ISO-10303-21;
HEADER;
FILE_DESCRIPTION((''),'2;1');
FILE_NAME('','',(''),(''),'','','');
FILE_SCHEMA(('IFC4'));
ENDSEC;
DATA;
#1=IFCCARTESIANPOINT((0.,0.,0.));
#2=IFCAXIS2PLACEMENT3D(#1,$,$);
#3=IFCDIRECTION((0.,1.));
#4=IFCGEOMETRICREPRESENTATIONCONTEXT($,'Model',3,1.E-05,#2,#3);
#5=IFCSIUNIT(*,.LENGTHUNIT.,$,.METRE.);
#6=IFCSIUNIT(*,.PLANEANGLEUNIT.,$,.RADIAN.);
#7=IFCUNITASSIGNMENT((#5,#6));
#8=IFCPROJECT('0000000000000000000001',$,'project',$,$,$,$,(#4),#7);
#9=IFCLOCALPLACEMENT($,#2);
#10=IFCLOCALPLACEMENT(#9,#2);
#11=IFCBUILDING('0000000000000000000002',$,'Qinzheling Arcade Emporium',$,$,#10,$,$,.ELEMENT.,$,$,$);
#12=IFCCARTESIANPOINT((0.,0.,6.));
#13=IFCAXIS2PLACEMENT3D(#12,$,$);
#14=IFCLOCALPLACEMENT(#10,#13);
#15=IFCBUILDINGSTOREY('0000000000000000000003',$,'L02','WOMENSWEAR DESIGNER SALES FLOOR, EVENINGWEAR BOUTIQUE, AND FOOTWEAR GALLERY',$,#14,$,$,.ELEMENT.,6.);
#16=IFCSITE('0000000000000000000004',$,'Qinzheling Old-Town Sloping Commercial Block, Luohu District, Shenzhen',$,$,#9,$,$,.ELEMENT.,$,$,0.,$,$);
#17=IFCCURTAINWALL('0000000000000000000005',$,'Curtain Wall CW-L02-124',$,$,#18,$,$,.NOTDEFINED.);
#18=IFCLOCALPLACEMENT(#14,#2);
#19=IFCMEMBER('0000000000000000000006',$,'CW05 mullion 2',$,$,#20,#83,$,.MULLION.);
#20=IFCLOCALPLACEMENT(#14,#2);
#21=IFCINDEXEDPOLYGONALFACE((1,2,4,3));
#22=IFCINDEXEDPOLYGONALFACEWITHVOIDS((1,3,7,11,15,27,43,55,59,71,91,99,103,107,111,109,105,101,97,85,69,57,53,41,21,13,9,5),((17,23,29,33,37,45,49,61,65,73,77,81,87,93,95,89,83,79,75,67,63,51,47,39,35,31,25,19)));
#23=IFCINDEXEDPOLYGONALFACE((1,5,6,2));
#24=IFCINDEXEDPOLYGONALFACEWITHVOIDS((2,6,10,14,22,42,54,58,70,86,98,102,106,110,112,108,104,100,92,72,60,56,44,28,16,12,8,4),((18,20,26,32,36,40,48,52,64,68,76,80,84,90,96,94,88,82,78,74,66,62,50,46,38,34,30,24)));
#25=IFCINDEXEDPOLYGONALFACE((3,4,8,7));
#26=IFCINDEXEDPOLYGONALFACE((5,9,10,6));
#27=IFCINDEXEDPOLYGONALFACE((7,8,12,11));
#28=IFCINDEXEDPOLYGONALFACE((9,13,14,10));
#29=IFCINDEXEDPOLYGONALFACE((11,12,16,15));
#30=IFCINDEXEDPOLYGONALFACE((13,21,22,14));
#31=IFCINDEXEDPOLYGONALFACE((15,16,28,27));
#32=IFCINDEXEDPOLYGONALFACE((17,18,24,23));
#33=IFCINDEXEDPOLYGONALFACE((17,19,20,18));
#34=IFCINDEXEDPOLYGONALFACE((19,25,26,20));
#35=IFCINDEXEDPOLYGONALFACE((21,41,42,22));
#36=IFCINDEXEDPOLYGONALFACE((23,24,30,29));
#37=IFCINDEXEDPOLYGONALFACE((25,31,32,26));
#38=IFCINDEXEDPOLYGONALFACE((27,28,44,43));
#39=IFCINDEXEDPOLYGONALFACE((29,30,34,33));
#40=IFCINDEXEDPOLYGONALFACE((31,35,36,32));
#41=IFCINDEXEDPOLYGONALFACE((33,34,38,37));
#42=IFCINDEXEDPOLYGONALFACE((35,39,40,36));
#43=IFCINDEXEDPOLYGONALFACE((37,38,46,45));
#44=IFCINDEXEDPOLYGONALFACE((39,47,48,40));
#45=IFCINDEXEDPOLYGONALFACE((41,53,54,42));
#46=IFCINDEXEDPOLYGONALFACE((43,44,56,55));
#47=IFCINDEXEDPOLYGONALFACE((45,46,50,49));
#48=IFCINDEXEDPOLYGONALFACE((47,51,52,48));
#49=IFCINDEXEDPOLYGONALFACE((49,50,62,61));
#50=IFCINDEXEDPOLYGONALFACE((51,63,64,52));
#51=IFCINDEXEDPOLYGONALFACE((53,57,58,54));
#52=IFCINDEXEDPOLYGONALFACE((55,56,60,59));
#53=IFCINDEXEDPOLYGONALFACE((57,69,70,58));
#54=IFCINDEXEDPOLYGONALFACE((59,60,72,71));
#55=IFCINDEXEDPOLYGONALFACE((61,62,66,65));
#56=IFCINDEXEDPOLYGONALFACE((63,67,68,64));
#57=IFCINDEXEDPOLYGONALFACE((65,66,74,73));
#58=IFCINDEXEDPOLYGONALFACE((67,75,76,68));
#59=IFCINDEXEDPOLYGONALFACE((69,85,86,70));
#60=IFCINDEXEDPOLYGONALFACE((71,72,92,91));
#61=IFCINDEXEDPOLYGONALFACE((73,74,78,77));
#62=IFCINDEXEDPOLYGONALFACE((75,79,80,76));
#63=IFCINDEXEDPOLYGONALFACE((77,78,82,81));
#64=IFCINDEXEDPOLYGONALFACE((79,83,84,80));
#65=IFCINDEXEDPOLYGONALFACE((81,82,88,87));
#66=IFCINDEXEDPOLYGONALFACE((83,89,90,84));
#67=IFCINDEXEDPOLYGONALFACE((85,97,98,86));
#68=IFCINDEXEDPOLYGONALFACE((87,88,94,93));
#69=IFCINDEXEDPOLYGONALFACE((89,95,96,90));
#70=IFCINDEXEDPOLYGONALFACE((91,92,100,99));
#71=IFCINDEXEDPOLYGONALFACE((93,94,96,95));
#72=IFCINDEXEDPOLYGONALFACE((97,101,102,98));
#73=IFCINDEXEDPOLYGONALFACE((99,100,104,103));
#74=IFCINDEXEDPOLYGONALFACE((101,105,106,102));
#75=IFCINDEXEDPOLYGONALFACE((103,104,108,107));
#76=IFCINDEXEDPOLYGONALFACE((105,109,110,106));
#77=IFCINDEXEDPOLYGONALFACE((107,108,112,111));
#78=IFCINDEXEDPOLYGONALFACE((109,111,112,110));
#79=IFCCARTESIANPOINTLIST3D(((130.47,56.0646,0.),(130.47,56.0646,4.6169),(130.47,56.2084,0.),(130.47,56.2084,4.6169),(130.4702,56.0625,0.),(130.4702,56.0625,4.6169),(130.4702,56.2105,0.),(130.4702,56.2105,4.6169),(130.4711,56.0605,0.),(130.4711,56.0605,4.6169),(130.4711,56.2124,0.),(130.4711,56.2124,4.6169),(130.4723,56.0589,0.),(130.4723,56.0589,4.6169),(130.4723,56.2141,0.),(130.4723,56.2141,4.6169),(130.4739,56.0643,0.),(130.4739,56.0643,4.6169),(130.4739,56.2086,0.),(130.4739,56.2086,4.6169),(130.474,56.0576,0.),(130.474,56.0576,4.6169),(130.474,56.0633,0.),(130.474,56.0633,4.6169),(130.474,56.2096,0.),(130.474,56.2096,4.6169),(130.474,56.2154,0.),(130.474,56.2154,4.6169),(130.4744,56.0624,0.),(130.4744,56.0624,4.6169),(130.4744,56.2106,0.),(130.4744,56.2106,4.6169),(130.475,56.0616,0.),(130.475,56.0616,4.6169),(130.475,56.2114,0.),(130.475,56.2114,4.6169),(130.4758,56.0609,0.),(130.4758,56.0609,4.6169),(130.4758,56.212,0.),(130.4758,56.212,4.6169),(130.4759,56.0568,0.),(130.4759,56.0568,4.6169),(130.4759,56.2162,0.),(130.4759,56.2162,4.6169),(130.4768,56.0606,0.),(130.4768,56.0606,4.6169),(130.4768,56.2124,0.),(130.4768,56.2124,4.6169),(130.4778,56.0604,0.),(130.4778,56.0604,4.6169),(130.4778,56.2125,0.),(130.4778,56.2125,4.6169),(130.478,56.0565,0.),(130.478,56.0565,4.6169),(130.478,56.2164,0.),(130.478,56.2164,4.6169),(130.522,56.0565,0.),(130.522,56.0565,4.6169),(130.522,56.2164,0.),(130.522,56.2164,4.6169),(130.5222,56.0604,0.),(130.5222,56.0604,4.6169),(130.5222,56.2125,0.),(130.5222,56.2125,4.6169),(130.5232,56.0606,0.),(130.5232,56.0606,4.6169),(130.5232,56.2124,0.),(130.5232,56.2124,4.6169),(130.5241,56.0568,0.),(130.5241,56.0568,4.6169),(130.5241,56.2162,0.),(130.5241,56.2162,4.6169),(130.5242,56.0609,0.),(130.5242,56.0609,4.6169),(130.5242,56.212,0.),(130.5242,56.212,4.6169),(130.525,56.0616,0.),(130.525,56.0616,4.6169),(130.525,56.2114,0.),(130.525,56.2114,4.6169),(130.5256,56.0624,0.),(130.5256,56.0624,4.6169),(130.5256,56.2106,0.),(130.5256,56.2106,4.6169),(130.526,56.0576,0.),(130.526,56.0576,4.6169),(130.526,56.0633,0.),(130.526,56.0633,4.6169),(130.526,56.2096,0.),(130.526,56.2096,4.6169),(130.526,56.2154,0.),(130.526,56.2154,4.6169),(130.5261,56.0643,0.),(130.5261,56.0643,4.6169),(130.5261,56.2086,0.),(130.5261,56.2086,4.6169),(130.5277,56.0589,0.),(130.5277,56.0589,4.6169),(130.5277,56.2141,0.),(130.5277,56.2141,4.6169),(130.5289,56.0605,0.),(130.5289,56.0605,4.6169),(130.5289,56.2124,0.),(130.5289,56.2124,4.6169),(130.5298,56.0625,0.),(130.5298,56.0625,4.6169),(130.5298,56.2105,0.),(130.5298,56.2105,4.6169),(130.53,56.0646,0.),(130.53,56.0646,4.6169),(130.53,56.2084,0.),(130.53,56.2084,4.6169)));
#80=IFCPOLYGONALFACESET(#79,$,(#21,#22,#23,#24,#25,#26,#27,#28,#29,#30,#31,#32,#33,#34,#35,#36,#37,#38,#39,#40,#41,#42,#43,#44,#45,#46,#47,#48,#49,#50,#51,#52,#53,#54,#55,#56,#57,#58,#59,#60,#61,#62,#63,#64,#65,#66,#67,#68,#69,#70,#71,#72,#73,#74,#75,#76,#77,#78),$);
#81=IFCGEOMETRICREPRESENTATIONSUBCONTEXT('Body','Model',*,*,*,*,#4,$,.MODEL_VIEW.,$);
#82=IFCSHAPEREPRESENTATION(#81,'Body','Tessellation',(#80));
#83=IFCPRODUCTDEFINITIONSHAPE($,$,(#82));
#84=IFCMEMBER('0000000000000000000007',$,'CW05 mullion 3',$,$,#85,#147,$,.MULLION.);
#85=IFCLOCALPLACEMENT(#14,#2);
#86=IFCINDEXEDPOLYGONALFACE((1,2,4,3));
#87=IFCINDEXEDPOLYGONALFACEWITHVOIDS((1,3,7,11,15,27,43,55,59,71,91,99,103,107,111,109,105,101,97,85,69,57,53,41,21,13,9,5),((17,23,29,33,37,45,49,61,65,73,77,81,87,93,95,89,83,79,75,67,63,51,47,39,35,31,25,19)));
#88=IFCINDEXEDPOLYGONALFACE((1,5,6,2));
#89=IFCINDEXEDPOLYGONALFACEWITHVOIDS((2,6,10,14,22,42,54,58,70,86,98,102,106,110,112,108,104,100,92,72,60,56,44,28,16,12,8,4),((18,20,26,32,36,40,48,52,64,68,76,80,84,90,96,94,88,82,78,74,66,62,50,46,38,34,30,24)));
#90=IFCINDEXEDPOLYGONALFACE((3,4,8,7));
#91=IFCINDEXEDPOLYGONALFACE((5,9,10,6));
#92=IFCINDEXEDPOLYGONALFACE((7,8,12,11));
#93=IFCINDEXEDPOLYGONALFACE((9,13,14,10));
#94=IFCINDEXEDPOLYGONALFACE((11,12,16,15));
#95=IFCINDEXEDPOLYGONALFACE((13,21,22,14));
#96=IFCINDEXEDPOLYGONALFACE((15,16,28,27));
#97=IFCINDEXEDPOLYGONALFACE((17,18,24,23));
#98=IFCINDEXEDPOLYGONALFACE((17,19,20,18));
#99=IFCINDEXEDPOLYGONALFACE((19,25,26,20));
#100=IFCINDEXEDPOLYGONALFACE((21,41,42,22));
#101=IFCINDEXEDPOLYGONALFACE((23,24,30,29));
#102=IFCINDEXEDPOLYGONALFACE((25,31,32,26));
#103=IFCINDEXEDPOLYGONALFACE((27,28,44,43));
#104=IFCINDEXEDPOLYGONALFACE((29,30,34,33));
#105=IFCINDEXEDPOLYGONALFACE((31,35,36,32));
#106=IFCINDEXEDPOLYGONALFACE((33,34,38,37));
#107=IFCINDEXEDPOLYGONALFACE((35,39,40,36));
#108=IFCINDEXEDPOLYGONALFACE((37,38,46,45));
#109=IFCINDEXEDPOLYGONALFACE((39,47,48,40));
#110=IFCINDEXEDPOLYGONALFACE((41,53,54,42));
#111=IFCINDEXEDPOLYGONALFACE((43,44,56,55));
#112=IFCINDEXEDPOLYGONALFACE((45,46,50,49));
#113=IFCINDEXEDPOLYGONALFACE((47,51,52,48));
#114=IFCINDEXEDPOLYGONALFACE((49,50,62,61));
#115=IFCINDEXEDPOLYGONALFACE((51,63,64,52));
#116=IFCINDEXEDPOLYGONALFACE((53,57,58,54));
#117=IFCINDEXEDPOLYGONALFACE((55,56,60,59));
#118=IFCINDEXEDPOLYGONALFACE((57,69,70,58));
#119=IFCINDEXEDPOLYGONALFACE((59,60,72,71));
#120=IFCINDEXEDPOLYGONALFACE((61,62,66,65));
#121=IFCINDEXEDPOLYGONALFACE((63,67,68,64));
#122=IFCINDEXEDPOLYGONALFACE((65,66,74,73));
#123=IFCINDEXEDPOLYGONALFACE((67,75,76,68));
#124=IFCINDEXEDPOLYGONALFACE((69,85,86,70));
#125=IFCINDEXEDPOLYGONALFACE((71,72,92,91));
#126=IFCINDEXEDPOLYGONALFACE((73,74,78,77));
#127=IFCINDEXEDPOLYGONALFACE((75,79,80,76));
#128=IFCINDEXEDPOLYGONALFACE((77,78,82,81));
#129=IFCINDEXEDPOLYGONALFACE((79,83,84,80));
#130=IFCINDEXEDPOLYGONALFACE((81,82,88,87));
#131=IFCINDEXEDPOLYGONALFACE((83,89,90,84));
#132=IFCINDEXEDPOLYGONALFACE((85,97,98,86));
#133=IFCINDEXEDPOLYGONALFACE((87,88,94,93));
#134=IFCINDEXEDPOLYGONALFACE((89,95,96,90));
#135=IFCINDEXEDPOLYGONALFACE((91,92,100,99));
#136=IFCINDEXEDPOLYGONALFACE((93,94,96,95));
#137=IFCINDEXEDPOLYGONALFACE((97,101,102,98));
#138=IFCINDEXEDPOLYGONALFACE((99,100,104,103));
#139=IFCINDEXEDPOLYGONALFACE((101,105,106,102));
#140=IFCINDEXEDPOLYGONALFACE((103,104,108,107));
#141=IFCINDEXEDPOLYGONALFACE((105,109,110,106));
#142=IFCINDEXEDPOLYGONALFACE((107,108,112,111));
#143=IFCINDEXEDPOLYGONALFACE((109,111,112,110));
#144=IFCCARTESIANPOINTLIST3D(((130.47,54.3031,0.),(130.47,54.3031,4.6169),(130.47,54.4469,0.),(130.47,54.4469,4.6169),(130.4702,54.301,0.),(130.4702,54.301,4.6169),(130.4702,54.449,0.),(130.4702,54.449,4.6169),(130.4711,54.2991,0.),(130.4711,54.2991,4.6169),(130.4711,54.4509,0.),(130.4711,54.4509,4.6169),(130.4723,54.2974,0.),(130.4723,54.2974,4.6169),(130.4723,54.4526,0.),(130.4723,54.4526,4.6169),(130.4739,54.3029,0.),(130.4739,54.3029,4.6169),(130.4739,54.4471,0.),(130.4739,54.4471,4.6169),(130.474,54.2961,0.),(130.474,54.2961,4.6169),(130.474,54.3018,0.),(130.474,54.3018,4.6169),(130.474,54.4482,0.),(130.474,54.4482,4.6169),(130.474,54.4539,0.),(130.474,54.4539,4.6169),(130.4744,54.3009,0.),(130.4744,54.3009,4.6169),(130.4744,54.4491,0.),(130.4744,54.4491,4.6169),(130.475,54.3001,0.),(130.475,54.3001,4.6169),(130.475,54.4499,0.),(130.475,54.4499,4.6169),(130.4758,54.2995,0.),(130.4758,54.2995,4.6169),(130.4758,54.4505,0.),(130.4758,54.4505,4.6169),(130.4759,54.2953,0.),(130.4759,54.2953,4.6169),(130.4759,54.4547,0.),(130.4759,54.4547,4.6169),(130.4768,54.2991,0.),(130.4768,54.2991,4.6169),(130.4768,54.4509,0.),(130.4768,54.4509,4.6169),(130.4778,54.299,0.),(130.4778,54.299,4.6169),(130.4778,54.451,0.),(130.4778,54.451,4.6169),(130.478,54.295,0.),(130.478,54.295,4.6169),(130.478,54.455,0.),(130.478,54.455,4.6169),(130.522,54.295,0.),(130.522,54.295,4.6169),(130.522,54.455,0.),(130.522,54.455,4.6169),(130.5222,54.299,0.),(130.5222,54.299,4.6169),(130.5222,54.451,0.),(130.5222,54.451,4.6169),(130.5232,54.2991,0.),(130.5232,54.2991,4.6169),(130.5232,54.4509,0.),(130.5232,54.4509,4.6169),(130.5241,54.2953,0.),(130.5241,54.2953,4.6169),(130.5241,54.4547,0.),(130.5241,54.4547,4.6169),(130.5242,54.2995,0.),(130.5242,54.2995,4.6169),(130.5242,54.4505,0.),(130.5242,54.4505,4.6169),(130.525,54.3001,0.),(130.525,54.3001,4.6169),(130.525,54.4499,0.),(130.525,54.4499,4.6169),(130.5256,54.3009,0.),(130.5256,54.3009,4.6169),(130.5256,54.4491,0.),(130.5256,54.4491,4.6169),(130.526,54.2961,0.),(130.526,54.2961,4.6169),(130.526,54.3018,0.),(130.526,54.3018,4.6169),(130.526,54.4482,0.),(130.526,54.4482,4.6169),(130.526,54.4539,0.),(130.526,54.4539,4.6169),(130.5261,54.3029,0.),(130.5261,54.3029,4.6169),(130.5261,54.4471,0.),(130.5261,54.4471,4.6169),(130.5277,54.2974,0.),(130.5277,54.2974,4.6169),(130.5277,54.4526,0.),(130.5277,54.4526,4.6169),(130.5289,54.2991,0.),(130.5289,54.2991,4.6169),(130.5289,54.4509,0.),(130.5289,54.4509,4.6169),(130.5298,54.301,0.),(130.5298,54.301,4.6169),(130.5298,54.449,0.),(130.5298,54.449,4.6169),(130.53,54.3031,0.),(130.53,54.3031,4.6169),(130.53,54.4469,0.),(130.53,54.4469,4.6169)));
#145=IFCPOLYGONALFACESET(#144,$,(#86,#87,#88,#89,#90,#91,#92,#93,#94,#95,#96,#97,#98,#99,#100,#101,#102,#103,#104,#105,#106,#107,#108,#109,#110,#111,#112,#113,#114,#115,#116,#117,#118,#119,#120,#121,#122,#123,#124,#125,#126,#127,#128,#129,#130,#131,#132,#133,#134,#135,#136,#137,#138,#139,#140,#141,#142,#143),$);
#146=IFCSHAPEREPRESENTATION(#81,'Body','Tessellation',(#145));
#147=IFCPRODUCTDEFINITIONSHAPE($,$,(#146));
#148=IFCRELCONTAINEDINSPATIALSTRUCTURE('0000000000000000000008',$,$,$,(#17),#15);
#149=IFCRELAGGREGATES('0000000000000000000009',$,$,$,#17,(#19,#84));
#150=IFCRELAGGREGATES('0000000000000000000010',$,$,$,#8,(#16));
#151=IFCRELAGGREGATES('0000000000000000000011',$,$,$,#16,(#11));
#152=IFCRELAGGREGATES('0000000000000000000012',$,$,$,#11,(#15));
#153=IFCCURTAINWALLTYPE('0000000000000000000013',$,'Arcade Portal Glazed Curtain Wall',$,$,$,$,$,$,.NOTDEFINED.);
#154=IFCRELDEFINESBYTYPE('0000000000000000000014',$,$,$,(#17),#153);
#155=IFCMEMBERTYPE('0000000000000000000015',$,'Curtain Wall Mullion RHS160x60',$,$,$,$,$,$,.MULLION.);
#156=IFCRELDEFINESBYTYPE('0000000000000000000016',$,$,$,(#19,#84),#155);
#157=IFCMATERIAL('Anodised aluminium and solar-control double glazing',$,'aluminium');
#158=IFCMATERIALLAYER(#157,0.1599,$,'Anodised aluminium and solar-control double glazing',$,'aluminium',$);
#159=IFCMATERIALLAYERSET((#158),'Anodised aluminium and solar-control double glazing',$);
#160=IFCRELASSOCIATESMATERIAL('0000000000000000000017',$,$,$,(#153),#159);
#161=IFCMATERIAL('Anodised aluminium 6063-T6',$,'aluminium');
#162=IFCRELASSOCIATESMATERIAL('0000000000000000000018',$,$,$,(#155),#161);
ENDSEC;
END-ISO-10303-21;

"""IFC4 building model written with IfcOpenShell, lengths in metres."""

from ifc_helpers import new_model, si_unit, direction, frame, origin, origin_2d, place, context, subcontext, project, spatial, hollow_rectangle, extrude, material, layer, layer_set, material_profile, profile_set, type_object, element, aggregate, save


model = new_model("IFC4")

# Units and contexts
model_context = context("Model", 3, precision=1e-05, world=origin(), true_north=direction((0.0, 1.0)))
body_context = subcontext(model_context, "Body", "Model", "MODEL_VIEW")
ifc_project = project(units=[si_unit("LENGTHUNIT", "METRE"), si_unit("PLANEANGLEUNIT", "RADIAN")], contexts=[model_context])

# Site, building, storey
site_placement = place(None, origin())
site = spatial("IfcSite", under=ifc_project, at=site_placement, Name="Qinzheling Old-Town Sloping Commercial Block, Luohu District, Shenzhen", CompositionType="ELEMENT", RefElevation=0.0)
building_placement = place(site_placement, origin())
building = spatial("IfcBuilding", under=site, at=building_placement, Name="Qinzheling Arcade Emporium", CompositionType="ELEMENT")
storey_placement = place(building_placement, frame((0.0, 0.0, 6.0)))
storey = spatial("IfcBuildingStorey", under=building, at=storey_placement, Name="L02", Description="WOMENSWEAR DESIGNER SALES FLOOR, EVENINGWEAR BOUTIQUE, AND FOOTWEAR GALLERY", CompositionType="ELEMENT", Elevation=6.0)

# Shared definitions
ifc_material_1 = material(Name="Anodised aluminium and solar-control double glazing", Category="aluminium")
ifc_layer_1 = layer(ifc_material_1, 0.1599, Name="Anodised aluminium and solar-control double glazing", Category="aluminium")
ifc_layer_set_1 = layer_set([ifc_layer_1], Name="Anodised aluminium and solar-control double glazing")
curtain_wall_type = type_object("IfcCurtainWallType", Name="Arcade Portal Glazed Curtain Wall", PredefinedType="NOTDEFINED", material=ifc_layer_set_1)
ifc_material_2 = material(Name="Anodised aluminium 6063-T6", Category="aluminium")
ifc_material_profile_1 = material_profile(ifc_material_2, hollow_rectangle(XDim=0.0601, YDim=0.1599, WallThickness=0.0039, InnerFilletRadius=0.0039, OuterFilletRadius=0.0081, at=origin_2d()), Name="RHS 160x60x4", Category="aluminium")
ifc_profile_set_1 = profile_set([ifc_material_profile_1], Name="Anodised aluminium 6063-T6")
member_type_1 = type_object("IfcMemberType", Name="Curtain Wall Mullion RHS160x60", PredefinedType="MULLION", material=ifc_profile_set_1)

# Curtain wall, members
curtain_wall_1_placement = place(storey_placement, origin())
curtain_wall_1 = element("IfcCurtainWall", 1, at=curtain_wall_1_placement, inside=storey, type_object=curtain_wall_type, Name="Curtain Wall CW-L02-124", PredefinedType="NOTDEFINED")
member_1_placement = place(storey_placement, frame((130.5, 56.1365, 0.0), z_axis=(0.0, 0.0, 1.0), x_axis=(1.0, 0.0, 0.0)))
member_1 = element("IfcMember", 2, at=member_1_placement, type_object=member_type_1, Name="CW05 mullion 2", PredefinedType="MULLION", context=body_context, shape_type="SweptSolid", body=[
    extrude(hollow_rectangle(XDim=0.0601, YDim=0.1599, WallThickness=0.0039, InnerFilletRadius=0.0039, OuterFilletRadius=0.0081, at=origin_2d()), origin(), (0.0, 0.0, 1.0), 4.6169),
])
member_2_placement = place(storey_placement, frame((130.5, 54.375, 0.0), z_axis=(0.0, 0.0, 1.0), x_axis=(1.0, 0.0, 0.0)))
member_2 = element("IfcMember", 3, at=member_2_placement, type_object=member_type_1, Name="CW05 mullion 3", PredefinedType="MULLION", context=body_context, shape_type="SweptSolid", body=[
    extrude(hollow_rectangle(XDim=0.0601, YDim=0.1599, WallThickness=0.0039, InnerFilletRadius=0.0039, OuterFilletRadius=0.0081, at=origin_2d()), origin(), (0.0, 0.0, 1.0), 4.6169),
])
aggregate(curtain_wall_1, [member_1, member_2])

save(model, "model.ifc")
